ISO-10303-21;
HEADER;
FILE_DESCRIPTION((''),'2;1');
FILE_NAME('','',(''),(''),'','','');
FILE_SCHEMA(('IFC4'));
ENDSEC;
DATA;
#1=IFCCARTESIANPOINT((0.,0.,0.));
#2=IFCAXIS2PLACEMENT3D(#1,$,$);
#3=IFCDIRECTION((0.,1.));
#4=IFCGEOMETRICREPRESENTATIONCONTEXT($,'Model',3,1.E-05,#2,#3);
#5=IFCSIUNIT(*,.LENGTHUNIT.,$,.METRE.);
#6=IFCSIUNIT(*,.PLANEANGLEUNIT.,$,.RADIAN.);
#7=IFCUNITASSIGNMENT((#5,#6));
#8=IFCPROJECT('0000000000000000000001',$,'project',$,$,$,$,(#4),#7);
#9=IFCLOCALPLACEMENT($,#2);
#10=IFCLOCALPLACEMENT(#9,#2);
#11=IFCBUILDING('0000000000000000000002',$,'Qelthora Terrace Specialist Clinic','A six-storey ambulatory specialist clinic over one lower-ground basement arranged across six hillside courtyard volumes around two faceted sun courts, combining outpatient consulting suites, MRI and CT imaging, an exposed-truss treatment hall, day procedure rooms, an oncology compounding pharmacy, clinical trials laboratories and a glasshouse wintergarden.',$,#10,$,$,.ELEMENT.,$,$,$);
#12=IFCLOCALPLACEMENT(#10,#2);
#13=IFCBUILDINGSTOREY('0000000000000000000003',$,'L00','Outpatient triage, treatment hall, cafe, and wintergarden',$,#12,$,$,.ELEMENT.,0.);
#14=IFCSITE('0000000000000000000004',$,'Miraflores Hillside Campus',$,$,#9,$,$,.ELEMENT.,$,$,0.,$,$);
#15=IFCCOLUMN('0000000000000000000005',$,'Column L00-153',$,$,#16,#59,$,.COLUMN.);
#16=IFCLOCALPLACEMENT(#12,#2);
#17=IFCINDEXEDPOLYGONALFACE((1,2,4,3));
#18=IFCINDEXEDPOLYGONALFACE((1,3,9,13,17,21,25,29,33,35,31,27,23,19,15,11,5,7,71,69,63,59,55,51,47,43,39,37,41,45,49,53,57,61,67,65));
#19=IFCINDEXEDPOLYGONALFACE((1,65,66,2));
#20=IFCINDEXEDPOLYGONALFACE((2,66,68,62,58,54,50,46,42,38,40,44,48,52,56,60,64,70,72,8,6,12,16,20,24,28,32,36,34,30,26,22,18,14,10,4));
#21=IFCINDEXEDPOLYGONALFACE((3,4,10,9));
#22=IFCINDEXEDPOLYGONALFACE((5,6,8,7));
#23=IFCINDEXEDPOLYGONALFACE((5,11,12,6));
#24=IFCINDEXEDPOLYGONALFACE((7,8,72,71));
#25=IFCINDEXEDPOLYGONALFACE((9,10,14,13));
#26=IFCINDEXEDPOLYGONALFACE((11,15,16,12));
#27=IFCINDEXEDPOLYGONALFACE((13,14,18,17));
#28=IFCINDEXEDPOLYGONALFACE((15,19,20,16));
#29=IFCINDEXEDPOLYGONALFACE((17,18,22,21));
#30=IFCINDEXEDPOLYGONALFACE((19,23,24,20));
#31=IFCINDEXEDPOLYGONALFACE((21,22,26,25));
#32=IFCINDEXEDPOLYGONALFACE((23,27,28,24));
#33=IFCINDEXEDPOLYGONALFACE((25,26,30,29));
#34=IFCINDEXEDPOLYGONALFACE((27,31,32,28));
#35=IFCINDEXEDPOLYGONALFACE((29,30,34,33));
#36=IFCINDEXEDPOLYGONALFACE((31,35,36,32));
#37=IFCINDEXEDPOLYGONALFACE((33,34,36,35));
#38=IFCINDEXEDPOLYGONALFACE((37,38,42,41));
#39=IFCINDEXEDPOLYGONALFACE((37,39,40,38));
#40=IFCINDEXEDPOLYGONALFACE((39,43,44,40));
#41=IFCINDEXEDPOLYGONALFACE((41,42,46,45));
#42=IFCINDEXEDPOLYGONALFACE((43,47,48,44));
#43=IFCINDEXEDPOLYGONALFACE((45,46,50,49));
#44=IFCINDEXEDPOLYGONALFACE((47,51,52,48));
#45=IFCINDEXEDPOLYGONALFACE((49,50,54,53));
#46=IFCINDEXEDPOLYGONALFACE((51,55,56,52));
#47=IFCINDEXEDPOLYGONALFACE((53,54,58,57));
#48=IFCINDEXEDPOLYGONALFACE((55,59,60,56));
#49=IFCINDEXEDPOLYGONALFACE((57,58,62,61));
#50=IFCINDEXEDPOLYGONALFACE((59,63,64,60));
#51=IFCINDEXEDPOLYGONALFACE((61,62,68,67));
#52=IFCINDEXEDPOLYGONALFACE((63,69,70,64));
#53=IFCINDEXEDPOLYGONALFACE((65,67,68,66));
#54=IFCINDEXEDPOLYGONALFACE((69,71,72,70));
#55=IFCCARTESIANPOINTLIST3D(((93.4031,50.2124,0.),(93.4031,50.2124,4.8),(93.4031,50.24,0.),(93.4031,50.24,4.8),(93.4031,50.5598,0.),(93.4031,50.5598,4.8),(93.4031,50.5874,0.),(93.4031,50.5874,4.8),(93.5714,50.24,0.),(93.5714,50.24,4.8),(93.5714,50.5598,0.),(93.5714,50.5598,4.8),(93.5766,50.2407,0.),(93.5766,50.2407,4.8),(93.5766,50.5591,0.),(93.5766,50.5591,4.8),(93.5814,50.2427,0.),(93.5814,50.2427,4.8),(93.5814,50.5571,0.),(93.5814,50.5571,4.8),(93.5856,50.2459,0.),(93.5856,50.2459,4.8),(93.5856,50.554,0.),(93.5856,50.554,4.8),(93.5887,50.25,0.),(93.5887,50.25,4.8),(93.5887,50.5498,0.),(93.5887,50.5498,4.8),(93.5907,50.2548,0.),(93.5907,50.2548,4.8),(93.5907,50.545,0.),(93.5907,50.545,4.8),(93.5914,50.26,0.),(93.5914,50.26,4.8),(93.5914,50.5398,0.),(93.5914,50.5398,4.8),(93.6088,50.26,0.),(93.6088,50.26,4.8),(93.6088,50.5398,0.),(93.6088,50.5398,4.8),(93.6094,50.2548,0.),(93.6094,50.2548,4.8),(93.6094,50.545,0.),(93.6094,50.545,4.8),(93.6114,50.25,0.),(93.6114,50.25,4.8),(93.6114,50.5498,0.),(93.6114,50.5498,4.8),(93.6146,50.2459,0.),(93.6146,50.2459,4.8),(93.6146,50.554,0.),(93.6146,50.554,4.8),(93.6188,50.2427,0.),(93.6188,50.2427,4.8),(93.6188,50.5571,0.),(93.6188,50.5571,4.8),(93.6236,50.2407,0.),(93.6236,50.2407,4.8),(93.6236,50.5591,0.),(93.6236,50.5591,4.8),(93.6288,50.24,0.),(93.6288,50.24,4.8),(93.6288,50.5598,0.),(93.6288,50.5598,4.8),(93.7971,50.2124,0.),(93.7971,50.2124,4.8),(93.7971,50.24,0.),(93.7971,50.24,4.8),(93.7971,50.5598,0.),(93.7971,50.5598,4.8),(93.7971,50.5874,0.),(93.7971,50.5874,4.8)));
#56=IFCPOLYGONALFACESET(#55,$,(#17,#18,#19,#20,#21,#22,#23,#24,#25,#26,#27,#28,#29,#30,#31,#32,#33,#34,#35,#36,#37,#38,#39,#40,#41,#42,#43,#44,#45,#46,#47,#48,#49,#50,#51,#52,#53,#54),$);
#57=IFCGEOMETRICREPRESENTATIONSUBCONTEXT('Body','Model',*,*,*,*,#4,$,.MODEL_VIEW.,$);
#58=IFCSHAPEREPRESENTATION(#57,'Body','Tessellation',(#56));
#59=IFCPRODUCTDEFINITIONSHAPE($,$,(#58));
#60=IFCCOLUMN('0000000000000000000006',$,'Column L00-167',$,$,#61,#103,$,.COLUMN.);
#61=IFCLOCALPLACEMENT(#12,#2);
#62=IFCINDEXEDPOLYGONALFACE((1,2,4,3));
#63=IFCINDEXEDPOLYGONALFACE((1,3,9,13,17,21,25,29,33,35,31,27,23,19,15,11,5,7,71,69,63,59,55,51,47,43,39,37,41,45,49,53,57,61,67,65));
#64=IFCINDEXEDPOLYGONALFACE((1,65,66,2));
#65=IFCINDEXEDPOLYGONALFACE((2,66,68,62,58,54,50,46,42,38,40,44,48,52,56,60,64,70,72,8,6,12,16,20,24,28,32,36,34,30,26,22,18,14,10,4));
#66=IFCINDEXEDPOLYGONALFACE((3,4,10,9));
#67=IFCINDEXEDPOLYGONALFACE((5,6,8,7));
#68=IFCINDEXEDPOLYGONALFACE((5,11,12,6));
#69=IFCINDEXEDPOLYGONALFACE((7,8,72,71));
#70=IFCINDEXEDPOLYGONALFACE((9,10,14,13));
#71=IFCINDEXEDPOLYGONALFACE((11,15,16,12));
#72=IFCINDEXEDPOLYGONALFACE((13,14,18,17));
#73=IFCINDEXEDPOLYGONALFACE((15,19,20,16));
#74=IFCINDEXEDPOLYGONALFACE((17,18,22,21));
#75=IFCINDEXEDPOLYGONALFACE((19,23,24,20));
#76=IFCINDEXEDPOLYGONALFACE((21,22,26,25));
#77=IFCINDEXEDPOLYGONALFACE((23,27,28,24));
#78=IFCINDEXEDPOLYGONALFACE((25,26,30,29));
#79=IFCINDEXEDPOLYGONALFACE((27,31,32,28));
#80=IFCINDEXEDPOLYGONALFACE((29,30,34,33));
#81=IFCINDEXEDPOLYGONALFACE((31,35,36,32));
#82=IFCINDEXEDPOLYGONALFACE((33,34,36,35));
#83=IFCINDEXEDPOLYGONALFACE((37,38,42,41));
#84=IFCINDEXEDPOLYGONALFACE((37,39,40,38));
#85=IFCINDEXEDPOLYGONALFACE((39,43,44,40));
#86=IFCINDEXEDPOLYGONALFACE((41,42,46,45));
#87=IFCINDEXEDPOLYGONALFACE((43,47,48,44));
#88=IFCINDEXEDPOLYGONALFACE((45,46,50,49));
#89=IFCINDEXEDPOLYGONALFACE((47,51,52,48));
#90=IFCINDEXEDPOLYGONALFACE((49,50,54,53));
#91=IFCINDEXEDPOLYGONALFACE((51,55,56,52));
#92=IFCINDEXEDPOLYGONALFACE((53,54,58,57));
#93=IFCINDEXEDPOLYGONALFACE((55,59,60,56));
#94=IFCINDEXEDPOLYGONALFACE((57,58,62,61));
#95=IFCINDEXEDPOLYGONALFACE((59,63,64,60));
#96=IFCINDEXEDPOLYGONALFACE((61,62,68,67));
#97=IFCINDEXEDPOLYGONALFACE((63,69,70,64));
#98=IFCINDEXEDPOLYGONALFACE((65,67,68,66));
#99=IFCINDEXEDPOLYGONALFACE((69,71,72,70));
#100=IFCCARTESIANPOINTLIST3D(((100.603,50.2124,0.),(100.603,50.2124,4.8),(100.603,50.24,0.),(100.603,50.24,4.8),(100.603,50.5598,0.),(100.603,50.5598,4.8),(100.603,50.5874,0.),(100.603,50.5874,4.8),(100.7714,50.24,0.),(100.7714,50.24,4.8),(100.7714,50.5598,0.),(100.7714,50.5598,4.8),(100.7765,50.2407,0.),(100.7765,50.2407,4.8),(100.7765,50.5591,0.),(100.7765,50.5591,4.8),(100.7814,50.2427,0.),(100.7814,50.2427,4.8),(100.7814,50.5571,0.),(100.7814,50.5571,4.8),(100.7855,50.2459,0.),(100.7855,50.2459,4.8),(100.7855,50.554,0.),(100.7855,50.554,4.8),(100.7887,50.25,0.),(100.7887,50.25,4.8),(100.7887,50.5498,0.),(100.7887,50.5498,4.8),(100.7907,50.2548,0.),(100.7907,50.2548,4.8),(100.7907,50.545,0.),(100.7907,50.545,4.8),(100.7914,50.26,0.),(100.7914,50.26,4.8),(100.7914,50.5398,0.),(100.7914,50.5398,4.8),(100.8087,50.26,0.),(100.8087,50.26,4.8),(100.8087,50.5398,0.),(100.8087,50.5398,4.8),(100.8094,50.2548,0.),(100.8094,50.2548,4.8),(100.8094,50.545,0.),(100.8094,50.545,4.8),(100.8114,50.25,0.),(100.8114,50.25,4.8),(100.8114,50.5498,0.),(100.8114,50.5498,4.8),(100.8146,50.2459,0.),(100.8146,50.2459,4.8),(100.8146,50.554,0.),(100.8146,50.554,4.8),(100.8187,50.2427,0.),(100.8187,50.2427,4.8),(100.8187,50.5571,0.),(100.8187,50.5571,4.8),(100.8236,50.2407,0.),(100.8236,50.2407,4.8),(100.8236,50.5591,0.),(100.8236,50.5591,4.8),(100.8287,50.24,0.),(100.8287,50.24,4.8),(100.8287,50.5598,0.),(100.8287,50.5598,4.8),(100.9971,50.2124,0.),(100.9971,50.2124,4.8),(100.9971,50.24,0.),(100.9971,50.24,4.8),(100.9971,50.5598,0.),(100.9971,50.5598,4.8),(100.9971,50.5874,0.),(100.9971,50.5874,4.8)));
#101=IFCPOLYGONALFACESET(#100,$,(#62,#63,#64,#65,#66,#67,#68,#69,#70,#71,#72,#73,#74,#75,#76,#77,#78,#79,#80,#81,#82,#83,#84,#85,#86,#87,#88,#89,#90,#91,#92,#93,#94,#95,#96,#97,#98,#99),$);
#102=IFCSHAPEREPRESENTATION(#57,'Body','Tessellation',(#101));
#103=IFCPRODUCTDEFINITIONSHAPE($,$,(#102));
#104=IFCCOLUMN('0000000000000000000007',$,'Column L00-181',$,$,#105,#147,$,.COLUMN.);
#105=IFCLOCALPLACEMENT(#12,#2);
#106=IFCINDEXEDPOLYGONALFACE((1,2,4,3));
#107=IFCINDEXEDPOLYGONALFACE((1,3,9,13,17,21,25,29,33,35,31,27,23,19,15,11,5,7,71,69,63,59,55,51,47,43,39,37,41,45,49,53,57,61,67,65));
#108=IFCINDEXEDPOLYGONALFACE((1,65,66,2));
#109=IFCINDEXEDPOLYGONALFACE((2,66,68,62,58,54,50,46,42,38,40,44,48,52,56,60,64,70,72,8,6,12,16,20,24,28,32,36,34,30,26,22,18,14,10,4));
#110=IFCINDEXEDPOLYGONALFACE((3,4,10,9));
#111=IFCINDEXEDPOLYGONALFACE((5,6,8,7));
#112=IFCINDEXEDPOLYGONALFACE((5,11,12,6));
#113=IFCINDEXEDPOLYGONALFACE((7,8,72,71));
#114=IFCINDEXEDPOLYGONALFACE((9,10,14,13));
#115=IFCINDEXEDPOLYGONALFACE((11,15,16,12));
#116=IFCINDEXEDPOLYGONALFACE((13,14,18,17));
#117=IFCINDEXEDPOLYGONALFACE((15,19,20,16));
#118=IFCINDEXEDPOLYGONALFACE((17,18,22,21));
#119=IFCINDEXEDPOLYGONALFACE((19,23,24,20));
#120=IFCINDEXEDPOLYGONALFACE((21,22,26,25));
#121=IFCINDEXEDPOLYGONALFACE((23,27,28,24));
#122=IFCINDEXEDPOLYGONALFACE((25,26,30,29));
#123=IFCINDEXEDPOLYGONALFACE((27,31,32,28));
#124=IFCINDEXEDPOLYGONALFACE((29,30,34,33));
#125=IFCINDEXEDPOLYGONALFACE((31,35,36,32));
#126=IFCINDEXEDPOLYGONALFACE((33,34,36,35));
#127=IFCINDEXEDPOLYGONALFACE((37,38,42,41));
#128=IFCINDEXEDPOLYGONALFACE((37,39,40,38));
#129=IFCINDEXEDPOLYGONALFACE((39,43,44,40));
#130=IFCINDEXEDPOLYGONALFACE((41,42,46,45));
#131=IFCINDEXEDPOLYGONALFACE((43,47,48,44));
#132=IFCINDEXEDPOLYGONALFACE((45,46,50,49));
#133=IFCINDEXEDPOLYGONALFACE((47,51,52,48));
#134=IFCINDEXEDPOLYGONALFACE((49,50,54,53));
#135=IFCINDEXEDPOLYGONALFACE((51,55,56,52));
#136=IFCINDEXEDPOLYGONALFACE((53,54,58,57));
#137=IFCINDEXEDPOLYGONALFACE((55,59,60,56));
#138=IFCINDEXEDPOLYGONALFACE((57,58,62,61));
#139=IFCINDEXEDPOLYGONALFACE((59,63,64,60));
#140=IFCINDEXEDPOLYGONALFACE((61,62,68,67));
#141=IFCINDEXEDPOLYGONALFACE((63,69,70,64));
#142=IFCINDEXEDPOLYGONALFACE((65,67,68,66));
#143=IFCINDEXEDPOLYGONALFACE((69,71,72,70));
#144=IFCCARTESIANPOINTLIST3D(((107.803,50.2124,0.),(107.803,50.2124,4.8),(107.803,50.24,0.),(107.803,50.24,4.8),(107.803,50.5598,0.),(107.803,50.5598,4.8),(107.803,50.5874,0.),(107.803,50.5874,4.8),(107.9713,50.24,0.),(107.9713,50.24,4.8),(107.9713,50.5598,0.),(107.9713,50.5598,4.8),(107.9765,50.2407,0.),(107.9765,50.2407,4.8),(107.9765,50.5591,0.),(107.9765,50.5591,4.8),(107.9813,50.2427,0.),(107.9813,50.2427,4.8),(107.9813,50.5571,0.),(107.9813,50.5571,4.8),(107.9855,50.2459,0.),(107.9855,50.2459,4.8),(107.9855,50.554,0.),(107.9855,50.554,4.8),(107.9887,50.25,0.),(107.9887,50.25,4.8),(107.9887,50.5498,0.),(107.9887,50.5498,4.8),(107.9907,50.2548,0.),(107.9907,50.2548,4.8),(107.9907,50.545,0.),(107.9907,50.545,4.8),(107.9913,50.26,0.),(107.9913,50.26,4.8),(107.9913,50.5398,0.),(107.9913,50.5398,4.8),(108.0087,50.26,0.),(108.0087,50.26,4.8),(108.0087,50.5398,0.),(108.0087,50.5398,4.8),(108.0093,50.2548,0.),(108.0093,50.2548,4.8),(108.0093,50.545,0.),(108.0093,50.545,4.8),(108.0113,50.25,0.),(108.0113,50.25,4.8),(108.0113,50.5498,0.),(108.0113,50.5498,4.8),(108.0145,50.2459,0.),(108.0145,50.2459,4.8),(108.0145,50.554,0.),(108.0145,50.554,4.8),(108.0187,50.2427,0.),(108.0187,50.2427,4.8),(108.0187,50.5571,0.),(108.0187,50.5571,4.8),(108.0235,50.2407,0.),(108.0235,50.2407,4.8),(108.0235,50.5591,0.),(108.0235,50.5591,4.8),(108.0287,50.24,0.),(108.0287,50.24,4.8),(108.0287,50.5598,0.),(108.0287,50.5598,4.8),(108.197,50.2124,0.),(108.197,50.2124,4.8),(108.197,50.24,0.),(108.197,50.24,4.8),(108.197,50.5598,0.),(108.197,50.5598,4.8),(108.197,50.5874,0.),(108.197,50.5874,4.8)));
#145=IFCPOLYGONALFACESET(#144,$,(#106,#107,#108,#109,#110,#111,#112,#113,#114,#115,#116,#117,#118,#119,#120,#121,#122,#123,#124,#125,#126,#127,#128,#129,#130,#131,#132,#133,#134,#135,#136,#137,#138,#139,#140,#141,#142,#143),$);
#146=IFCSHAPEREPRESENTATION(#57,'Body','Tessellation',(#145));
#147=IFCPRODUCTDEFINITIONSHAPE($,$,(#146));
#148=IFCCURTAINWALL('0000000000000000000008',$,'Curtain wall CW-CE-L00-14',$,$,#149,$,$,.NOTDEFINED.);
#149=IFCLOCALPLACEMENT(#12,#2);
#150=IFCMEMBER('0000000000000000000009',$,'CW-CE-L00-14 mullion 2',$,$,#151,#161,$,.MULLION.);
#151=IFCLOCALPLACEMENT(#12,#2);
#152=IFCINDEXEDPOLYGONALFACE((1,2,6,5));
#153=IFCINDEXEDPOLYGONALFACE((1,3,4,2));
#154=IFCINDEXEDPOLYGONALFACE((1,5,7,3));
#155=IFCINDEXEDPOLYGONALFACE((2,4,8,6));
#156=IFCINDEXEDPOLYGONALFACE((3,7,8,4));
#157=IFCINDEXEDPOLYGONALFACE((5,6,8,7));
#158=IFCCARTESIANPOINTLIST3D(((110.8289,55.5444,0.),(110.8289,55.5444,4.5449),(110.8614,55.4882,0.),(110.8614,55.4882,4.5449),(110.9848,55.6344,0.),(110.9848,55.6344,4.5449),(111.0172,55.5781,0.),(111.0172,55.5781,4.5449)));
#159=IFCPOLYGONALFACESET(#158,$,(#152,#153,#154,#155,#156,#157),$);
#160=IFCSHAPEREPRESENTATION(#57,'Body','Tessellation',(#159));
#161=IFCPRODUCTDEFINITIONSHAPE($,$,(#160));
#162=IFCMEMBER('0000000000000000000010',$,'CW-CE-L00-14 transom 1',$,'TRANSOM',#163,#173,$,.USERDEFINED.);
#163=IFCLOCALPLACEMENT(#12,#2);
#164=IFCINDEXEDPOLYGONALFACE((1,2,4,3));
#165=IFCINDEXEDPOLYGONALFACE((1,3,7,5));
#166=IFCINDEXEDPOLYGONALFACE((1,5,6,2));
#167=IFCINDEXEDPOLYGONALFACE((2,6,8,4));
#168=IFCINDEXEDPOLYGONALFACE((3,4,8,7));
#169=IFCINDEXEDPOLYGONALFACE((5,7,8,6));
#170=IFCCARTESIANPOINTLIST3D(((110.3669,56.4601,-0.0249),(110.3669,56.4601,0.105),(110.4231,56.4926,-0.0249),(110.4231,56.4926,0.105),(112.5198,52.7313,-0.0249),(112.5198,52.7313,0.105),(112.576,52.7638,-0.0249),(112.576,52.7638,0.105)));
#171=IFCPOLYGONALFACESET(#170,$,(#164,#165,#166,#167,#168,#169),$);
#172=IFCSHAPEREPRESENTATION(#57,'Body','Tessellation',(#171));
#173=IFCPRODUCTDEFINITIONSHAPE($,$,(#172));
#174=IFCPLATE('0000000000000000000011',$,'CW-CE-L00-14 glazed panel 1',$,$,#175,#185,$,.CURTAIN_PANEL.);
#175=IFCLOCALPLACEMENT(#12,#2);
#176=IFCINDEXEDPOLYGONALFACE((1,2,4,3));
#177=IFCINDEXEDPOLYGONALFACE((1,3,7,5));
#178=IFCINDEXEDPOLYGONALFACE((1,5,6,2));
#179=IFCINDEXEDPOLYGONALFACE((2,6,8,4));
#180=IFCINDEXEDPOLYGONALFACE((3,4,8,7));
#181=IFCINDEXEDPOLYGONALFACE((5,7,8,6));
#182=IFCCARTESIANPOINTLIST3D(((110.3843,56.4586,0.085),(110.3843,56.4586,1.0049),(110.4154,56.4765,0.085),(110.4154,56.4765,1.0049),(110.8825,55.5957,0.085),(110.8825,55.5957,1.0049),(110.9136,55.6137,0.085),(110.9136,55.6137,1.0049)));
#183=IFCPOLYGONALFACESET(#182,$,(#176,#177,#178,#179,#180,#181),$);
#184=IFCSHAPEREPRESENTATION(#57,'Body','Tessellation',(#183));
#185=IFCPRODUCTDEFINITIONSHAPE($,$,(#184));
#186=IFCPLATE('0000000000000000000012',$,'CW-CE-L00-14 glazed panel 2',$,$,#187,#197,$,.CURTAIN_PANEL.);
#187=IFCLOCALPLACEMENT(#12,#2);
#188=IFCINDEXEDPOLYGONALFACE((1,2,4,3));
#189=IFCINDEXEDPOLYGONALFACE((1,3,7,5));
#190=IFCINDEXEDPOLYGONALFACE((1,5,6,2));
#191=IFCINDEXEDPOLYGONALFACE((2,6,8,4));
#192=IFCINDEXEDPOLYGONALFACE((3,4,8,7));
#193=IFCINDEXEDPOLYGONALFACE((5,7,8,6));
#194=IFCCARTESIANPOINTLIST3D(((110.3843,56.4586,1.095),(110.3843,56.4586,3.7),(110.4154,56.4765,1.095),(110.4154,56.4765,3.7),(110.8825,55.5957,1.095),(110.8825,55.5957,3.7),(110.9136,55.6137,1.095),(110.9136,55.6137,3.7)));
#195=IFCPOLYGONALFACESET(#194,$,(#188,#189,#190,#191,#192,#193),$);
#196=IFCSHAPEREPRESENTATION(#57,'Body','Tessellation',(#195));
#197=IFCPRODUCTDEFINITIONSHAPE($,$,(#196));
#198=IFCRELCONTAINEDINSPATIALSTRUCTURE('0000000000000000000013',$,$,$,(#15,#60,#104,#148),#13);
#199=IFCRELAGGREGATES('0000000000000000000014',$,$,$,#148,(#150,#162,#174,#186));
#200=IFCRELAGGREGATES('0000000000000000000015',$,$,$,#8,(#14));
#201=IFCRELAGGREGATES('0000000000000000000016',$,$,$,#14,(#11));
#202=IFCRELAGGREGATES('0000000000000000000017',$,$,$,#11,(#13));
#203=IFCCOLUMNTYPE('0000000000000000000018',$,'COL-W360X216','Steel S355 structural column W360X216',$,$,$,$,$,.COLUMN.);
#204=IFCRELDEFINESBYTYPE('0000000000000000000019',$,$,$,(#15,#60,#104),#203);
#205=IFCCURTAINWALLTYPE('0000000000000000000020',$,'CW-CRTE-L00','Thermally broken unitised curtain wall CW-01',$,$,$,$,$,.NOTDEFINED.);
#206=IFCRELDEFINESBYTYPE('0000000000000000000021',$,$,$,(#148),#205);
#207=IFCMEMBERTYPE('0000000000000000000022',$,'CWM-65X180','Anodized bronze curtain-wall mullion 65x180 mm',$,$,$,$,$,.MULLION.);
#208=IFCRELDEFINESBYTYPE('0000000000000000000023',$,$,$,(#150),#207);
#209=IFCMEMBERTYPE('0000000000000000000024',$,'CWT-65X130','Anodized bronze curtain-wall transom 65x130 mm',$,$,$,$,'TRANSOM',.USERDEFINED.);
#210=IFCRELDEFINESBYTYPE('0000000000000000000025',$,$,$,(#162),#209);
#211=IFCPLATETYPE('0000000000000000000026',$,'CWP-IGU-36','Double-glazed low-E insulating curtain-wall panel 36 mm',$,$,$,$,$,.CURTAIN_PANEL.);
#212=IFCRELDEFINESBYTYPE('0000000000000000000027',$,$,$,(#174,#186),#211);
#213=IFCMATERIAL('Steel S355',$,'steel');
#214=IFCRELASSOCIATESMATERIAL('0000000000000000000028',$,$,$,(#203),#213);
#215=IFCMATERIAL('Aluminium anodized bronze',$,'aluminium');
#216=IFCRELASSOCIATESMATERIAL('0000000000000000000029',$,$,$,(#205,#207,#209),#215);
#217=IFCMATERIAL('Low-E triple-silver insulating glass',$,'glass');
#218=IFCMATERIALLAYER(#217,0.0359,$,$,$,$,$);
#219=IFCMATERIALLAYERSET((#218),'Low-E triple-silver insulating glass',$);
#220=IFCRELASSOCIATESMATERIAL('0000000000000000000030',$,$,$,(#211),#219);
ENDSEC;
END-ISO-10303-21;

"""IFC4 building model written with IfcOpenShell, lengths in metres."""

from ifc_helpers import new_model, si_unit, direction, frame, origin, origin_2d, place, context, subcontext, project, spatial, rectangle, i_section, extrude, material, layer, layer_set, material_profile, profile_set, type_object, element, aggregate, save


model = new_model("IFC4")

# Units and contexts
model_context = context("Model", 3, precision=1e-05, world=origin(), true_north=direction((0.0, 1.0)))
body_context = subcontext(model_context, "Body", "Model", "MODEL_VIEW")
ifc_project = project(units=[si_unit("LENGTHUNIT", "METRE"), si_unit("PLANEANGLEUNIT", "RADIAN")], contexts=[model_context])

# Site, building, storey
site_placement = place(None, origin())
site = spatial("IfcSite", under=ifc_project, at=site_placement, Name="Miraflores Hillside Campus", CompositionType="ELEMENT", RefElevation=0.0)
building_placement = place(site_placement, origin())
building = spatial("IfcBuilding", under=site, at=building_placement, Name="Qelthora Terrace Specialist Clinic", Description="A six-storey ambulatory specialist clinic over one lower-ground basement arranged across six hillside courtyard volumes around two faceted sun courts, combining outpatient consulting suites, MRI and CT imaging, an exposed-truss treatment hall, day procedure rooms, an oncology compounding pharmacy, clinical trials laboratories and a glasshouse wintergarden.", CompositionType="ELEMENT")
storey_placement = place(building_placement, origin())
storey = spatial("IfcBuildingStorey", under=building, at=storey_placement, Name="L00", Description="Outpatient triage, treatment hall, cafe, and wintergarden", CompositionType="ELEMENT", Elevation=0.0)

# Columns
ifc_material_1 = material(Name="Steel S355", Category="steel")
ifc_material_profile_1 = material_profile(ifc_material_1, i_section(OverallWidth=0.394, OverallDepth=0.375, WebThickness=0.0173, FlangeThickness=0.0276, FilletRadius=0.02, at=origin_2d()), Name="W360X216")
ifc_profile_set_1 = profile_set([ifc_material_profile_1], Name="Steel S355")
column_type = type_object("IfcColumnType", Name="COL-W360X216", Description="Steel S355 structural column W360X216", PredefinedType="COLUMN", material=ifc_profile_set_1)
for number, where, z_axis, x_axis, name in (
    (1, (93.6001, 50.3999, 0.0), (0.0, 0.0, 1.0), (1.0, 0.0, 0.0), "Column L00-153"),
    (2, (100.8, 50.3999, 0.0), (0.0, 0.0, 1.0), (1.0, 0.0, 0.0), "Column L00-167"),
    (3, (108.0, 50.3999, 0.0), (0.0, 0.0, 1.0), (1.0, 0.0, 0.0), "Column L00-181"),
):
    element("IfcColumn", number, at=place(storey_placement, frame(where, z_axis=z_axis, x_axis=x_axis)), inside=storey, type_object=column_type, Name=name, PredefinedType="COLUMN", context=body_context, shape_type="SweptSolid", body=[
        extrude(i_section(OverallWidth=0.394, OverallDepth=0.375, WebThickness=0.0173, FlangeThickness=0.0276, FilletRadius=0.02, at=origin_2d()), origin(), (0.0, 0.0, 1.0), 4.8),
    ])

# Curtain wall, members, plates
ifc_material_2 = material(Name="Aluminium anodized bronze", Category="aluminium")
curtain_wall_type = type_object("IfcCurtainWallType", Name="CW-CRTE-L00", Description="Thermally broken unitised curtain wall CW-01", PredefinedType="NOTDEFINED", material=ifc_material_2)
curtain_wall_placement = place(storey_placement, origin())
curtain_wall = element("IfcCurtainWall", 4, at=curtain_wall_placement, inside=storey, type_object=curtain_wall_type, Name="Curtain wall CW-CE-L00-14", PredefinedType="NOTDEFINED")
ifc_material_profile_2 = material_profile(ifc_material_2, rectangle(XDim=0.0649, YDim=0.1799, at=origin_2d()), Name="CWM65X180")
ifc_profile_set_2 = profile_set([ifc_material_profile_2], Name="Aluminium anodized bronze")
member_type_1 = type_object("IfcMemberType", Name="CWM-65X180", Description="Anodized bronze curtain-wall mullion 65x180 mm", PredefinedType="MULLION", material=ifc_profile_set_2)
member_1_placement = place(storey_placement, frame((110.9231, 55.5613, 0.0), z_axis=(0.0, 0.0, 1.0), x_axis=(0.5, -0.866025, 0.0)))
member_1 = element("IfcMember", 5, at=member_1_placement, type_object=member_type_1, Name="CW-CE-L00-14 mullion 2", PredefinedType="MULLION", context=body_context, shape_type="SweptSolid", body=[
    extrude(rectangle(XDim=0.0649, YDim=0.1799, at=origin_2d()), origin(), (0.0, 0.0, 1.0), 4.5449),
])
ifc_material_profile_3 = material_profile(ifc_material_2, rectangle(XDim=0.0649, YDim=0.1299, at=origin_2d()), Name="CWT65X130")
ifc_profile_set_3 = profile_set([ifc_material_profile_3], Name="Aluminium anodized bronze")
member_type_2 = type_object("IfcMemberType", Name="CWT-65X130", Description="Anodized bronze curtain-wall transom 65x130 mm", ElementType="TRANSOM", PredefinedType="USERDEFINED", material=ifc_profile_set_3)
member_2_placement = place(storey_placement, frame((110.395, 56.4763, 0.04), z_axis=(0.500006, -0.866022, 0.0), x_axis=(0.866022, 0.500006, 0.0)))
member_2 = element("IfcMember", 6, at=member_2_placement, type_object=member_type_2, Name="CW-CE-L00-14 transom 1", ObjectType="TRANSOM", PredefinedType="USERDEFINED", context=body_context, shape_type="SweptSolid", body=[
    extrude(rectangle(XDim=0.0649, YDim=0.1299, at=origin_2d()), origin(), (0.0, 0.0, 1.0), 4.3057),
])
ifc_material_3 = material(Name="Low-E triple-silver insulating glass", Category="glass")
ifc_layer_1 = layer(ifc_material_3, 0.0359)
ifc_layer_set_1 = layer_set([ifc_layer_1], Name="Low-E triple-silver insulating glass")
plate_type_1 = type_object("IfcPlateType", Name="CWP-IGU-36", Description="Double-glazed low-E insulating curtain-wall panel 36 mm", PredefinedType="CURTAIN_PANEL", material=ifc_layer_set_1)
plate_1_placement = place(storey_placement, frame((110.6489, 56.0361, 0.085), z_axis=(0.0, 0.0, 1.0), x_axis=(0.5, -0.866025, 0.0)))
plate_1 = element("IfcPlate", 7, at=plate_1_placement, type_object=plate_type_1, Name="CW-CE-L00-14 glazed panel 1", PredefinedType="CURTAIN_PANEL", context=body_context, shape_type="SweptSolid", body=[
    extrude(rectangle(XDim=0.9963, YDim=0.0359, at=origin_2d()), origin(), (0.0, 0.0, 1.0), 0.9199),
])
plate_2_placement = place(storey_placement, frame((110.6489, 56.0361, 1.095), z_axis=(0.0, 0.0, 1.0), x_axis=(0.5, -0.866025, 0.0)))
plate_2 = element("IfcPlate", 8, at=plate_2_placement, type_object=plate_type_1, Name="CW-CE-L00-14 glazed panel 2", PredefinedType="CURTAIN_PANEL", context=body_context, shape_type="SweptSolid", body=[
    extrude(rectangle(XDim=0.9963, YDim=0.0359, at=origin_2d()), origin(), (0.0, 0.0, 1.0), 2.605),
])
aggregate(curtain_wall, [member_1, member_2, plate_1, plate_2])

save(model, "model.ifc")
